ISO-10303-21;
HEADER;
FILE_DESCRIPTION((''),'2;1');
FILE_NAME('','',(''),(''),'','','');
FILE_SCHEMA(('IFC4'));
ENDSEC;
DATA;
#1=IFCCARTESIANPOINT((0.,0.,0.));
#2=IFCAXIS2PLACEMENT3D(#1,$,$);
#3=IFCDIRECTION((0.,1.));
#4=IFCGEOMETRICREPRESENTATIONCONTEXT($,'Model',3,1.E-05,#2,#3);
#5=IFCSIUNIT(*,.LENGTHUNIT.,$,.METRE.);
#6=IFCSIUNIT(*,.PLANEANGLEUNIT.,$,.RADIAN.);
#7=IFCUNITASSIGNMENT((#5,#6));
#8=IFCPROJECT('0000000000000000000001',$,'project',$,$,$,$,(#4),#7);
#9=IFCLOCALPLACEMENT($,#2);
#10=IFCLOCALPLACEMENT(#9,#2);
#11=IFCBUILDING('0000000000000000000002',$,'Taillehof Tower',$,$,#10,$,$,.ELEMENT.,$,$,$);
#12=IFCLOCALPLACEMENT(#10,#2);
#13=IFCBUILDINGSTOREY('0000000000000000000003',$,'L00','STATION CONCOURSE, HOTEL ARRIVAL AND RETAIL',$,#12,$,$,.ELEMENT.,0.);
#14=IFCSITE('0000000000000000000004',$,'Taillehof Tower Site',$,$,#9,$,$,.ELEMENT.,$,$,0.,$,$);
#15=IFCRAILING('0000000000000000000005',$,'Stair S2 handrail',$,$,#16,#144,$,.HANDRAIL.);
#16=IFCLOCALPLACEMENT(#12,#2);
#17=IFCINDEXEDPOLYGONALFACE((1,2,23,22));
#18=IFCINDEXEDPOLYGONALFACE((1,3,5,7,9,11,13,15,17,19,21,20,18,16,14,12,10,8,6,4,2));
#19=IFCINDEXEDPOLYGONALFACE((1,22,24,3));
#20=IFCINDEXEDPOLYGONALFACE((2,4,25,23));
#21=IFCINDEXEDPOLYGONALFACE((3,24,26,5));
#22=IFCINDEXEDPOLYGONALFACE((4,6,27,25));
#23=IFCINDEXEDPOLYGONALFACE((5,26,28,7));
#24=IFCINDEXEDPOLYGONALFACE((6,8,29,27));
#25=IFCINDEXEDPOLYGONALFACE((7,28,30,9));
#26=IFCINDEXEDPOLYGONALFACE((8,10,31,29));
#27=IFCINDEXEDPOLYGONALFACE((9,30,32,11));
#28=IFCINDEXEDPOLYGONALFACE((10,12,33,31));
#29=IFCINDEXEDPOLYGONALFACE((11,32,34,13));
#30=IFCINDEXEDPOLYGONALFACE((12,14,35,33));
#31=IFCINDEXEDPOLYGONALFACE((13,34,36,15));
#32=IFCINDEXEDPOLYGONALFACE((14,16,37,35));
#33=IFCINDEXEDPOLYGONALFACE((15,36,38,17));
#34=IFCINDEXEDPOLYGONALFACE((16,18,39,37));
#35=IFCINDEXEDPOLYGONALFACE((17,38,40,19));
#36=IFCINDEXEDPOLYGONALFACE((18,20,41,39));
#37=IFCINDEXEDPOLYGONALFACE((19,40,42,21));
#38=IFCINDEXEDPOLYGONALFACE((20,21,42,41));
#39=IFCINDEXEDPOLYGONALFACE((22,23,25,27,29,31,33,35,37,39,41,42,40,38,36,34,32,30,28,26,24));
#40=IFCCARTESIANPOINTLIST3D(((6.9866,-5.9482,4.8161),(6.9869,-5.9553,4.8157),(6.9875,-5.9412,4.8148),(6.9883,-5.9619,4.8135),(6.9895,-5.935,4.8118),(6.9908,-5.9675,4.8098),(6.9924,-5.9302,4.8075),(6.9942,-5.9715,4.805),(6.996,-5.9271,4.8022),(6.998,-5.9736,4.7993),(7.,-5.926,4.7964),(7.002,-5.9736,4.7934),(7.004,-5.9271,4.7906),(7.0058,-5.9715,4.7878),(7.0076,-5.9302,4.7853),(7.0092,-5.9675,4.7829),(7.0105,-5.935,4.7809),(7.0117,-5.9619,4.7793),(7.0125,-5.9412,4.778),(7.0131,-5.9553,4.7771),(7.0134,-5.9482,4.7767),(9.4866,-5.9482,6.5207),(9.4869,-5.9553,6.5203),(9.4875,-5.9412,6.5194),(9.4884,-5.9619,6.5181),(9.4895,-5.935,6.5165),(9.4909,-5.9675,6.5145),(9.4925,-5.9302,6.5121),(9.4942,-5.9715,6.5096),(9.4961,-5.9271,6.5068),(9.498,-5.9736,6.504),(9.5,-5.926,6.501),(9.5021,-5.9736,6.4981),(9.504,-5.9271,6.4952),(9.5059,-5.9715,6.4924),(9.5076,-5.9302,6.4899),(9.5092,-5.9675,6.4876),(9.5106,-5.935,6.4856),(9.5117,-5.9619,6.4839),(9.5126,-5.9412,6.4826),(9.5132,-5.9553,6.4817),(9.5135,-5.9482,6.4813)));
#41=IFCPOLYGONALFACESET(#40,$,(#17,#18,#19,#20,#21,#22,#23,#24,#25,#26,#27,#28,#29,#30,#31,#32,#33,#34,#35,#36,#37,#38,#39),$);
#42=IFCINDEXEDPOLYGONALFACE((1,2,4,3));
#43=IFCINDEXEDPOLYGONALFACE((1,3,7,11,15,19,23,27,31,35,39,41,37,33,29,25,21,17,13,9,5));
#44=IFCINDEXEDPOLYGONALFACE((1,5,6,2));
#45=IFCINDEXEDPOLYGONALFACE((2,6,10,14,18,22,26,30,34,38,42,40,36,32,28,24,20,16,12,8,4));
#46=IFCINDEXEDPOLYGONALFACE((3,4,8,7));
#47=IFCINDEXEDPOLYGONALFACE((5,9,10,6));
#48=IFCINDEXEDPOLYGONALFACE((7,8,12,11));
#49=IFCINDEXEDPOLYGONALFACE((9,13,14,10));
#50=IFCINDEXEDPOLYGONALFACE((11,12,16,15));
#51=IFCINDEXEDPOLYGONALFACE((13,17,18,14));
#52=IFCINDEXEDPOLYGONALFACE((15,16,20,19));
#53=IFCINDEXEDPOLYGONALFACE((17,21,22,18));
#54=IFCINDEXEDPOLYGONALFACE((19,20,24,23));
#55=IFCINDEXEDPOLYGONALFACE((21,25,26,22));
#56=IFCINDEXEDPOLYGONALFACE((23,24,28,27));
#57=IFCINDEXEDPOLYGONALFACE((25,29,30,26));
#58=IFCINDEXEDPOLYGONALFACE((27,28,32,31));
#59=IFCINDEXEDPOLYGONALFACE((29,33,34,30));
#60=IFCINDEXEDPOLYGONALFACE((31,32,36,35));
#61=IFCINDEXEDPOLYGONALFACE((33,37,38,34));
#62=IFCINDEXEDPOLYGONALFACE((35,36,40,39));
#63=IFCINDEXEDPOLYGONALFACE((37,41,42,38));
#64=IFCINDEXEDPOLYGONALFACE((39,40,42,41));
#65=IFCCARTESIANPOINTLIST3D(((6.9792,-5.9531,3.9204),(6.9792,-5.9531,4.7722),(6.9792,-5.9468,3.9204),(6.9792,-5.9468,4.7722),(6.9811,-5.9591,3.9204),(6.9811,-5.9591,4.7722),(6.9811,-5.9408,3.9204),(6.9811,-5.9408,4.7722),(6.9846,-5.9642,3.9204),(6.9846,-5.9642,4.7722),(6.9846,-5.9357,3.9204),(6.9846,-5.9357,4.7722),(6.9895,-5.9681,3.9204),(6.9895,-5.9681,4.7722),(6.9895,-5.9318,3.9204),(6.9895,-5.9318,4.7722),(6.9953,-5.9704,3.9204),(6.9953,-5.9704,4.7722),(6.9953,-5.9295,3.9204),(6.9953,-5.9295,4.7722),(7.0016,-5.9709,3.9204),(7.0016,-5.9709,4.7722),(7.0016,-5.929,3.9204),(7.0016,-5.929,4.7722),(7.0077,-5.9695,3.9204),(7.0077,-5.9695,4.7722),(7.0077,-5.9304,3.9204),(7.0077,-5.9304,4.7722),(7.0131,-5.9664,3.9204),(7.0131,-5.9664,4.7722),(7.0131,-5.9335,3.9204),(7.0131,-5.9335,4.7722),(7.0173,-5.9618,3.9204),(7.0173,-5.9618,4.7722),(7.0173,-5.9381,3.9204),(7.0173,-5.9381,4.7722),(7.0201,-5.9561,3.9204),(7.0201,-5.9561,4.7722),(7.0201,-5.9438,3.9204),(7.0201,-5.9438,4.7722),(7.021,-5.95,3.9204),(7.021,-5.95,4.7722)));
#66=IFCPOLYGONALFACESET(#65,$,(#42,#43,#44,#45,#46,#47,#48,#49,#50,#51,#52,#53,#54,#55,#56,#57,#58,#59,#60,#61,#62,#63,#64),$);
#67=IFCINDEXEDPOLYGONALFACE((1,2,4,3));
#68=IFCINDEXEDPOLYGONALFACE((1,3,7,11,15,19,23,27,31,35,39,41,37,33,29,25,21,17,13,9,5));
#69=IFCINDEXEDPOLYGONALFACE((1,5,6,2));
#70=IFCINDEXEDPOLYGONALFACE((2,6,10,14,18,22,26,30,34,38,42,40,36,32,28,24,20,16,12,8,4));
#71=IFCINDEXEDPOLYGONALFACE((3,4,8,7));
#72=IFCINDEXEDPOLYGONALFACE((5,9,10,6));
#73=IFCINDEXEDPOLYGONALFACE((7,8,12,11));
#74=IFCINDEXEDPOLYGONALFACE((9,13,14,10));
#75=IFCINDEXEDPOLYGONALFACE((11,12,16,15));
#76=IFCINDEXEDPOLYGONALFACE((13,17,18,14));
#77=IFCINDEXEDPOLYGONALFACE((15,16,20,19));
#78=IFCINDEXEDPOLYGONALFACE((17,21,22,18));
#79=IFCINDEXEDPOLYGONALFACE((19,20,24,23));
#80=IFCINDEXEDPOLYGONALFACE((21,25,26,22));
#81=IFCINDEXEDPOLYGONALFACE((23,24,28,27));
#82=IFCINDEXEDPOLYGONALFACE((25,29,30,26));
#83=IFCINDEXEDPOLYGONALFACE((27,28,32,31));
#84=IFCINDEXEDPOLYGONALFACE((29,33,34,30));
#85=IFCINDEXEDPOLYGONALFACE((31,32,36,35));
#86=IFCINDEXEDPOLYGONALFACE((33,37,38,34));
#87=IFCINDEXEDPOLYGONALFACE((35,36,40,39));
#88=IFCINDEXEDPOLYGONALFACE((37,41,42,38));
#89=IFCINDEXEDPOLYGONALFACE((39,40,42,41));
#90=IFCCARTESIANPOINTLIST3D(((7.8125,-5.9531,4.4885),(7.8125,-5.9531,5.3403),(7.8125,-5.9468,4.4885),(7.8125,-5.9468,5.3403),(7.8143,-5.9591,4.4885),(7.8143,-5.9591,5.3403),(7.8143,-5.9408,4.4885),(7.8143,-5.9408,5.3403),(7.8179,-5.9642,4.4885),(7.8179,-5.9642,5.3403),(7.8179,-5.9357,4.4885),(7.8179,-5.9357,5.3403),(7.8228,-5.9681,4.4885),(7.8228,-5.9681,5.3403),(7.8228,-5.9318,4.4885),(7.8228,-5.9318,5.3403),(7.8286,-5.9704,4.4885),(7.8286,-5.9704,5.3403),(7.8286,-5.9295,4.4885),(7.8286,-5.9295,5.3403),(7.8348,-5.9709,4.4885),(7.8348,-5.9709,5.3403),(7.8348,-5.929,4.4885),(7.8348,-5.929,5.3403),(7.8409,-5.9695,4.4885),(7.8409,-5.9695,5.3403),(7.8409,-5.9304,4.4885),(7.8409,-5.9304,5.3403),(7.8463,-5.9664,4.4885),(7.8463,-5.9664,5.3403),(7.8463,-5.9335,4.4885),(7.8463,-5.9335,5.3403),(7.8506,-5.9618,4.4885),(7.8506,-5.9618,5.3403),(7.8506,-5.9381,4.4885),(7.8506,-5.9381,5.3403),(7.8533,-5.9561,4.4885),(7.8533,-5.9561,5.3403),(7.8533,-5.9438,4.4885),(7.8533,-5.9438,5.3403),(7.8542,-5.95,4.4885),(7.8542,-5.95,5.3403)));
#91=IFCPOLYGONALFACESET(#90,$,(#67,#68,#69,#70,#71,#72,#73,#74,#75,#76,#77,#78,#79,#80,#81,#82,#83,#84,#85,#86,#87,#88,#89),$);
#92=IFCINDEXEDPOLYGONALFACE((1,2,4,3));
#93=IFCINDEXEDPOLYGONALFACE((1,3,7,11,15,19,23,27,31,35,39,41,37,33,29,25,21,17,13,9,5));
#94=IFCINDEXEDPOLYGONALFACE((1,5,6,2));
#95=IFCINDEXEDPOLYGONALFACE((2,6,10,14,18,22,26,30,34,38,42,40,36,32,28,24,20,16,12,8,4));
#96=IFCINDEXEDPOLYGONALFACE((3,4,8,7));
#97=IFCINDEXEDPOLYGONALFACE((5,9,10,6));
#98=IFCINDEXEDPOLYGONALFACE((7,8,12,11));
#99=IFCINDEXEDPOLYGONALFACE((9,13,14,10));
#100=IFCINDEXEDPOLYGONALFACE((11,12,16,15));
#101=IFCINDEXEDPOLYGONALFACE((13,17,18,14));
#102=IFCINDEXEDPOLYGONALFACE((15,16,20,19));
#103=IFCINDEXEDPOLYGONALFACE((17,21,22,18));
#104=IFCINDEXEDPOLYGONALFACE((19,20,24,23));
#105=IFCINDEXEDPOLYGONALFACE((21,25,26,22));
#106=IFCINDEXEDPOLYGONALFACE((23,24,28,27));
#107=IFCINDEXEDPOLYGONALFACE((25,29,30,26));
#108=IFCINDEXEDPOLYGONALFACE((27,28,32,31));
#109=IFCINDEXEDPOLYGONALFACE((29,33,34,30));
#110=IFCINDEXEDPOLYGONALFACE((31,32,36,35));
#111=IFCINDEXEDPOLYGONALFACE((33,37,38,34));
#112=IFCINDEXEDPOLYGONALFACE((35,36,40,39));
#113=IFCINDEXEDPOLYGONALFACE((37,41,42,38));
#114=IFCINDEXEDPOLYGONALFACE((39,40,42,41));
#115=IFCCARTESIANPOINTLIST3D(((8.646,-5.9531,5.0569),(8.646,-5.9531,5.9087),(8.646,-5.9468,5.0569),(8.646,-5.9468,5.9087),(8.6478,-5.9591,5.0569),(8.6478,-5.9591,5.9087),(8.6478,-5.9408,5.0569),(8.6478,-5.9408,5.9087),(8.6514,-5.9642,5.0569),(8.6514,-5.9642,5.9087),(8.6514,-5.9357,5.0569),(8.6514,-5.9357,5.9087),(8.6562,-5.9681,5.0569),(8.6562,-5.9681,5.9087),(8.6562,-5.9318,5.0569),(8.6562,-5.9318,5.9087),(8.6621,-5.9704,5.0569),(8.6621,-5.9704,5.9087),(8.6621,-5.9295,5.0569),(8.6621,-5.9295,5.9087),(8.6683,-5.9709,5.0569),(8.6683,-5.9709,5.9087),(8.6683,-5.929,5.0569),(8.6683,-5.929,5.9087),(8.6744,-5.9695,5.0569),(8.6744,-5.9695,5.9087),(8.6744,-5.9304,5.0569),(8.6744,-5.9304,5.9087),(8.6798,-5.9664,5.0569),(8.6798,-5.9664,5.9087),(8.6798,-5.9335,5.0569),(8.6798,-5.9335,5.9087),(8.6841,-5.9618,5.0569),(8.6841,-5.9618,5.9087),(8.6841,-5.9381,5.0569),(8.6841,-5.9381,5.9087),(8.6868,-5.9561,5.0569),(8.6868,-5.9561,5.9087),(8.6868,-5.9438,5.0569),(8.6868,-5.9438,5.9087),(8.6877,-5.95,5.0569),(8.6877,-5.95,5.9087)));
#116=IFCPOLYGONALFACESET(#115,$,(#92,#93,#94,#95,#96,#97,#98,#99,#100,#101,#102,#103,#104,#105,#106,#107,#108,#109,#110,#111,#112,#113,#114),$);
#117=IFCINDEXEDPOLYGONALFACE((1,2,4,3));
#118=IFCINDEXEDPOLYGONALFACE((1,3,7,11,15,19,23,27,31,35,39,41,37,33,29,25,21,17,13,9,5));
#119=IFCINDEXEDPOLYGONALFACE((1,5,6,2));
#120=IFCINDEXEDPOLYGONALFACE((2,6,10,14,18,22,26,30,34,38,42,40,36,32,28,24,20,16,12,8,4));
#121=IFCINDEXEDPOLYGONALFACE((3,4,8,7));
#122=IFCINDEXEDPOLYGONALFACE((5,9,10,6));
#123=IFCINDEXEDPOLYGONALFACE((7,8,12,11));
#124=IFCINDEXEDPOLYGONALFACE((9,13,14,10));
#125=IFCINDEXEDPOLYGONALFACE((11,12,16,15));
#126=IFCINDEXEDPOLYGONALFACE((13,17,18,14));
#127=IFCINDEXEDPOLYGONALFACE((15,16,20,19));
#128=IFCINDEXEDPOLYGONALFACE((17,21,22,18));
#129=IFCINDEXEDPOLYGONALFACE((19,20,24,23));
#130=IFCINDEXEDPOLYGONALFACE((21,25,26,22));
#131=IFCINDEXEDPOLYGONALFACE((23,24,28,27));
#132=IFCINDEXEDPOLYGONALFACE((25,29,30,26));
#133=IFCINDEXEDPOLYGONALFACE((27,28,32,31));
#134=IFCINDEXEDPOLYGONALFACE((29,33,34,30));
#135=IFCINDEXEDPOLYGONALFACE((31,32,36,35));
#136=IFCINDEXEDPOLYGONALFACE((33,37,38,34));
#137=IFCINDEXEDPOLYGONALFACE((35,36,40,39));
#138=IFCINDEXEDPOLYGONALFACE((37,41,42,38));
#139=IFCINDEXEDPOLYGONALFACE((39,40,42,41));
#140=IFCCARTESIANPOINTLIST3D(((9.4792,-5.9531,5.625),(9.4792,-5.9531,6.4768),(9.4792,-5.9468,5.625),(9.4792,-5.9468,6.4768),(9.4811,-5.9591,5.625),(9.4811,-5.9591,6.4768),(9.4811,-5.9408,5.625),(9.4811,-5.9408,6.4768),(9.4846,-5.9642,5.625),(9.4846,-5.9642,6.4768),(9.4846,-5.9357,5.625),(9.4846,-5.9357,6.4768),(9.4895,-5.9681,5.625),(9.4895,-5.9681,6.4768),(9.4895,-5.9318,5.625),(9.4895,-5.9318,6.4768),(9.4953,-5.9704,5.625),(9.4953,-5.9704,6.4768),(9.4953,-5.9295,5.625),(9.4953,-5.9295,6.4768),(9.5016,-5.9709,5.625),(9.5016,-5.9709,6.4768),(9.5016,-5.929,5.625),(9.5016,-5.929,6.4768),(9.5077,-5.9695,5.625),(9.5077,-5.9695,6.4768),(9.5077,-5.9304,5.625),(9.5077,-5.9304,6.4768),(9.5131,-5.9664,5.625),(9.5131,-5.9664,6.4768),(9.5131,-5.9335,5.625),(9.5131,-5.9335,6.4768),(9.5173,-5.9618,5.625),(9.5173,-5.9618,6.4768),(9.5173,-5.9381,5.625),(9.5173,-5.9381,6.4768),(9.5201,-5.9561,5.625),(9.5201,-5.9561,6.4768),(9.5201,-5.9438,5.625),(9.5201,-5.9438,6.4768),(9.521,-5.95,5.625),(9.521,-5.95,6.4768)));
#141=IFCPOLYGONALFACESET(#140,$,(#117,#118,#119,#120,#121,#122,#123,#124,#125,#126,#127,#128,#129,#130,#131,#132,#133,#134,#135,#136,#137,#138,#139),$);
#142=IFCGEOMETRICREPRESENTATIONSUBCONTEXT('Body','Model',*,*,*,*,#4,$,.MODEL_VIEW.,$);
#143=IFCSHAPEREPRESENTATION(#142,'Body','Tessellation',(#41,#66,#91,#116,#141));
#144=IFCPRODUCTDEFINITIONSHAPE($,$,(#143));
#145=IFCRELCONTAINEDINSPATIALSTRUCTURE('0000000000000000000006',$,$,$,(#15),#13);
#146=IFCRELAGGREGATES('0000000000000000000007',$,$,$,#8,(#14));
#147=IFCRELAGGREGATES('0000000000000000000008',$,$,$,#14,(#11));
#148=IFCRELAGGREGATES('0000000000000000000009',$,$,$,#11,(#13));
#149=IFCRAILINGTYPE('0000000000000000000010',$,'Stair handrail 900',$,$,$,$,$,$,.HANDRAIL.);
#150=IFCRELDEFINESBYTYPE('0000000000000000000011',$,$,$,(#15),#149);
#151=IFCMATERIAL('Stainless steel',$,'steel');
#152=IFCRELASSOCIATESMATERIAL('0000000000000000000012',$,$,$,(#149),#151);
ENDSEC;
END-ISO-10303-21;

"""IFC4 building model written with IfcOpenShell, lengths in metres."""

from ifc_helpers import new_model, si_unit, direction, frame, origin, origin_2d, place, context, subcontext, project, spatial, circle, extrude, material, type_object, element, save


model = new_model("IFC4")

# Units and contexts
model_context = context("Model", 3, precision=1e-05, world=origin(), true_north=direction((0.0, 1.0)))
body_context = subcontext(model_context, "Body", "Model", "MODEL_VIEW")
ifc_project = project(units=[si_unit("LENGTHUNIT", "METRE"), si_unit("PLANEANGLEUNIT", "RADIAN")], contexts=[model_context])

# Site, building, storey
site_placement = place(None, origin())
site = spatial("IfcSite", under=ifc_project, at=site_placement, Name="Taillehof Tower Site", CompositionType="ELEMENT", RefElevation=0.0)
building_placement = place(site_placement, origin())
building = spatial("IfcBuilding", under=site, at=building_placement, Name="Taillehof Tower", CompositionType="ELEMENT")
storey_placement = place(building_placement, origin())
storey = spatial("IfcBuildingStorey", under=building, at=storey_placement, Name="L00", Description="STATION CONCOURSE, HOTEL ARRIVAL AND RETAIL", CompositionType="ELEMENT", Elevation=0.0)

# Railing
ifc_material_1 = material(Name="Stainless steel", Category="steel")
railing_type = type_object("IfcRailingType", Name="Stair handrail 900", PredefinedType="HANDRAIL", material=ifc_material_1)
for number, where, name in (
    (1, (7.0, -5.95, 3.9204), "Stair S2 handrail"),
):
    element("IfcRailing", number, at=place(storey_placement, frame(where)), inside=storey, type_object=railing_type, Name=name, PredefinedType="HANDRAIL", context=body_context, shape_type="SweptSolid", body=[
        extrude(circle(Radius=0.0239, at=origin_2d()), frame((0.0, 0.0, 0.876), z_axis=(0.826221, 0.0, 0.563347), x_axis=(0.0, 1.0, 0.0)), (0.0, 0.0, 1.0), 3.0259),
        extrude(circle(Radius=0.021, at=origin_2d()), origin(), (0.0, 0.0, 1.0), 0.8518),
        extrude(circle(Radius=0.021, at=origin_2d()), frame((0.8333, 0.0, 0.5681)), (0.0, 0.0, 1.0), 0.8518),
        extrude(circle(Radius=0.021, at=origin_2d()), frame((1.6667, 0.0, 1.1365)), (0.0, 0.0, 1.0), 0.8518),
        extrude(circle(Radius=0.021, at=origin_2d()), frame((2.5, 0.0, 1.7046)), (0.0, 0.0, 1.0), 0.8518),
    ])

save(model, "model.ifc")
